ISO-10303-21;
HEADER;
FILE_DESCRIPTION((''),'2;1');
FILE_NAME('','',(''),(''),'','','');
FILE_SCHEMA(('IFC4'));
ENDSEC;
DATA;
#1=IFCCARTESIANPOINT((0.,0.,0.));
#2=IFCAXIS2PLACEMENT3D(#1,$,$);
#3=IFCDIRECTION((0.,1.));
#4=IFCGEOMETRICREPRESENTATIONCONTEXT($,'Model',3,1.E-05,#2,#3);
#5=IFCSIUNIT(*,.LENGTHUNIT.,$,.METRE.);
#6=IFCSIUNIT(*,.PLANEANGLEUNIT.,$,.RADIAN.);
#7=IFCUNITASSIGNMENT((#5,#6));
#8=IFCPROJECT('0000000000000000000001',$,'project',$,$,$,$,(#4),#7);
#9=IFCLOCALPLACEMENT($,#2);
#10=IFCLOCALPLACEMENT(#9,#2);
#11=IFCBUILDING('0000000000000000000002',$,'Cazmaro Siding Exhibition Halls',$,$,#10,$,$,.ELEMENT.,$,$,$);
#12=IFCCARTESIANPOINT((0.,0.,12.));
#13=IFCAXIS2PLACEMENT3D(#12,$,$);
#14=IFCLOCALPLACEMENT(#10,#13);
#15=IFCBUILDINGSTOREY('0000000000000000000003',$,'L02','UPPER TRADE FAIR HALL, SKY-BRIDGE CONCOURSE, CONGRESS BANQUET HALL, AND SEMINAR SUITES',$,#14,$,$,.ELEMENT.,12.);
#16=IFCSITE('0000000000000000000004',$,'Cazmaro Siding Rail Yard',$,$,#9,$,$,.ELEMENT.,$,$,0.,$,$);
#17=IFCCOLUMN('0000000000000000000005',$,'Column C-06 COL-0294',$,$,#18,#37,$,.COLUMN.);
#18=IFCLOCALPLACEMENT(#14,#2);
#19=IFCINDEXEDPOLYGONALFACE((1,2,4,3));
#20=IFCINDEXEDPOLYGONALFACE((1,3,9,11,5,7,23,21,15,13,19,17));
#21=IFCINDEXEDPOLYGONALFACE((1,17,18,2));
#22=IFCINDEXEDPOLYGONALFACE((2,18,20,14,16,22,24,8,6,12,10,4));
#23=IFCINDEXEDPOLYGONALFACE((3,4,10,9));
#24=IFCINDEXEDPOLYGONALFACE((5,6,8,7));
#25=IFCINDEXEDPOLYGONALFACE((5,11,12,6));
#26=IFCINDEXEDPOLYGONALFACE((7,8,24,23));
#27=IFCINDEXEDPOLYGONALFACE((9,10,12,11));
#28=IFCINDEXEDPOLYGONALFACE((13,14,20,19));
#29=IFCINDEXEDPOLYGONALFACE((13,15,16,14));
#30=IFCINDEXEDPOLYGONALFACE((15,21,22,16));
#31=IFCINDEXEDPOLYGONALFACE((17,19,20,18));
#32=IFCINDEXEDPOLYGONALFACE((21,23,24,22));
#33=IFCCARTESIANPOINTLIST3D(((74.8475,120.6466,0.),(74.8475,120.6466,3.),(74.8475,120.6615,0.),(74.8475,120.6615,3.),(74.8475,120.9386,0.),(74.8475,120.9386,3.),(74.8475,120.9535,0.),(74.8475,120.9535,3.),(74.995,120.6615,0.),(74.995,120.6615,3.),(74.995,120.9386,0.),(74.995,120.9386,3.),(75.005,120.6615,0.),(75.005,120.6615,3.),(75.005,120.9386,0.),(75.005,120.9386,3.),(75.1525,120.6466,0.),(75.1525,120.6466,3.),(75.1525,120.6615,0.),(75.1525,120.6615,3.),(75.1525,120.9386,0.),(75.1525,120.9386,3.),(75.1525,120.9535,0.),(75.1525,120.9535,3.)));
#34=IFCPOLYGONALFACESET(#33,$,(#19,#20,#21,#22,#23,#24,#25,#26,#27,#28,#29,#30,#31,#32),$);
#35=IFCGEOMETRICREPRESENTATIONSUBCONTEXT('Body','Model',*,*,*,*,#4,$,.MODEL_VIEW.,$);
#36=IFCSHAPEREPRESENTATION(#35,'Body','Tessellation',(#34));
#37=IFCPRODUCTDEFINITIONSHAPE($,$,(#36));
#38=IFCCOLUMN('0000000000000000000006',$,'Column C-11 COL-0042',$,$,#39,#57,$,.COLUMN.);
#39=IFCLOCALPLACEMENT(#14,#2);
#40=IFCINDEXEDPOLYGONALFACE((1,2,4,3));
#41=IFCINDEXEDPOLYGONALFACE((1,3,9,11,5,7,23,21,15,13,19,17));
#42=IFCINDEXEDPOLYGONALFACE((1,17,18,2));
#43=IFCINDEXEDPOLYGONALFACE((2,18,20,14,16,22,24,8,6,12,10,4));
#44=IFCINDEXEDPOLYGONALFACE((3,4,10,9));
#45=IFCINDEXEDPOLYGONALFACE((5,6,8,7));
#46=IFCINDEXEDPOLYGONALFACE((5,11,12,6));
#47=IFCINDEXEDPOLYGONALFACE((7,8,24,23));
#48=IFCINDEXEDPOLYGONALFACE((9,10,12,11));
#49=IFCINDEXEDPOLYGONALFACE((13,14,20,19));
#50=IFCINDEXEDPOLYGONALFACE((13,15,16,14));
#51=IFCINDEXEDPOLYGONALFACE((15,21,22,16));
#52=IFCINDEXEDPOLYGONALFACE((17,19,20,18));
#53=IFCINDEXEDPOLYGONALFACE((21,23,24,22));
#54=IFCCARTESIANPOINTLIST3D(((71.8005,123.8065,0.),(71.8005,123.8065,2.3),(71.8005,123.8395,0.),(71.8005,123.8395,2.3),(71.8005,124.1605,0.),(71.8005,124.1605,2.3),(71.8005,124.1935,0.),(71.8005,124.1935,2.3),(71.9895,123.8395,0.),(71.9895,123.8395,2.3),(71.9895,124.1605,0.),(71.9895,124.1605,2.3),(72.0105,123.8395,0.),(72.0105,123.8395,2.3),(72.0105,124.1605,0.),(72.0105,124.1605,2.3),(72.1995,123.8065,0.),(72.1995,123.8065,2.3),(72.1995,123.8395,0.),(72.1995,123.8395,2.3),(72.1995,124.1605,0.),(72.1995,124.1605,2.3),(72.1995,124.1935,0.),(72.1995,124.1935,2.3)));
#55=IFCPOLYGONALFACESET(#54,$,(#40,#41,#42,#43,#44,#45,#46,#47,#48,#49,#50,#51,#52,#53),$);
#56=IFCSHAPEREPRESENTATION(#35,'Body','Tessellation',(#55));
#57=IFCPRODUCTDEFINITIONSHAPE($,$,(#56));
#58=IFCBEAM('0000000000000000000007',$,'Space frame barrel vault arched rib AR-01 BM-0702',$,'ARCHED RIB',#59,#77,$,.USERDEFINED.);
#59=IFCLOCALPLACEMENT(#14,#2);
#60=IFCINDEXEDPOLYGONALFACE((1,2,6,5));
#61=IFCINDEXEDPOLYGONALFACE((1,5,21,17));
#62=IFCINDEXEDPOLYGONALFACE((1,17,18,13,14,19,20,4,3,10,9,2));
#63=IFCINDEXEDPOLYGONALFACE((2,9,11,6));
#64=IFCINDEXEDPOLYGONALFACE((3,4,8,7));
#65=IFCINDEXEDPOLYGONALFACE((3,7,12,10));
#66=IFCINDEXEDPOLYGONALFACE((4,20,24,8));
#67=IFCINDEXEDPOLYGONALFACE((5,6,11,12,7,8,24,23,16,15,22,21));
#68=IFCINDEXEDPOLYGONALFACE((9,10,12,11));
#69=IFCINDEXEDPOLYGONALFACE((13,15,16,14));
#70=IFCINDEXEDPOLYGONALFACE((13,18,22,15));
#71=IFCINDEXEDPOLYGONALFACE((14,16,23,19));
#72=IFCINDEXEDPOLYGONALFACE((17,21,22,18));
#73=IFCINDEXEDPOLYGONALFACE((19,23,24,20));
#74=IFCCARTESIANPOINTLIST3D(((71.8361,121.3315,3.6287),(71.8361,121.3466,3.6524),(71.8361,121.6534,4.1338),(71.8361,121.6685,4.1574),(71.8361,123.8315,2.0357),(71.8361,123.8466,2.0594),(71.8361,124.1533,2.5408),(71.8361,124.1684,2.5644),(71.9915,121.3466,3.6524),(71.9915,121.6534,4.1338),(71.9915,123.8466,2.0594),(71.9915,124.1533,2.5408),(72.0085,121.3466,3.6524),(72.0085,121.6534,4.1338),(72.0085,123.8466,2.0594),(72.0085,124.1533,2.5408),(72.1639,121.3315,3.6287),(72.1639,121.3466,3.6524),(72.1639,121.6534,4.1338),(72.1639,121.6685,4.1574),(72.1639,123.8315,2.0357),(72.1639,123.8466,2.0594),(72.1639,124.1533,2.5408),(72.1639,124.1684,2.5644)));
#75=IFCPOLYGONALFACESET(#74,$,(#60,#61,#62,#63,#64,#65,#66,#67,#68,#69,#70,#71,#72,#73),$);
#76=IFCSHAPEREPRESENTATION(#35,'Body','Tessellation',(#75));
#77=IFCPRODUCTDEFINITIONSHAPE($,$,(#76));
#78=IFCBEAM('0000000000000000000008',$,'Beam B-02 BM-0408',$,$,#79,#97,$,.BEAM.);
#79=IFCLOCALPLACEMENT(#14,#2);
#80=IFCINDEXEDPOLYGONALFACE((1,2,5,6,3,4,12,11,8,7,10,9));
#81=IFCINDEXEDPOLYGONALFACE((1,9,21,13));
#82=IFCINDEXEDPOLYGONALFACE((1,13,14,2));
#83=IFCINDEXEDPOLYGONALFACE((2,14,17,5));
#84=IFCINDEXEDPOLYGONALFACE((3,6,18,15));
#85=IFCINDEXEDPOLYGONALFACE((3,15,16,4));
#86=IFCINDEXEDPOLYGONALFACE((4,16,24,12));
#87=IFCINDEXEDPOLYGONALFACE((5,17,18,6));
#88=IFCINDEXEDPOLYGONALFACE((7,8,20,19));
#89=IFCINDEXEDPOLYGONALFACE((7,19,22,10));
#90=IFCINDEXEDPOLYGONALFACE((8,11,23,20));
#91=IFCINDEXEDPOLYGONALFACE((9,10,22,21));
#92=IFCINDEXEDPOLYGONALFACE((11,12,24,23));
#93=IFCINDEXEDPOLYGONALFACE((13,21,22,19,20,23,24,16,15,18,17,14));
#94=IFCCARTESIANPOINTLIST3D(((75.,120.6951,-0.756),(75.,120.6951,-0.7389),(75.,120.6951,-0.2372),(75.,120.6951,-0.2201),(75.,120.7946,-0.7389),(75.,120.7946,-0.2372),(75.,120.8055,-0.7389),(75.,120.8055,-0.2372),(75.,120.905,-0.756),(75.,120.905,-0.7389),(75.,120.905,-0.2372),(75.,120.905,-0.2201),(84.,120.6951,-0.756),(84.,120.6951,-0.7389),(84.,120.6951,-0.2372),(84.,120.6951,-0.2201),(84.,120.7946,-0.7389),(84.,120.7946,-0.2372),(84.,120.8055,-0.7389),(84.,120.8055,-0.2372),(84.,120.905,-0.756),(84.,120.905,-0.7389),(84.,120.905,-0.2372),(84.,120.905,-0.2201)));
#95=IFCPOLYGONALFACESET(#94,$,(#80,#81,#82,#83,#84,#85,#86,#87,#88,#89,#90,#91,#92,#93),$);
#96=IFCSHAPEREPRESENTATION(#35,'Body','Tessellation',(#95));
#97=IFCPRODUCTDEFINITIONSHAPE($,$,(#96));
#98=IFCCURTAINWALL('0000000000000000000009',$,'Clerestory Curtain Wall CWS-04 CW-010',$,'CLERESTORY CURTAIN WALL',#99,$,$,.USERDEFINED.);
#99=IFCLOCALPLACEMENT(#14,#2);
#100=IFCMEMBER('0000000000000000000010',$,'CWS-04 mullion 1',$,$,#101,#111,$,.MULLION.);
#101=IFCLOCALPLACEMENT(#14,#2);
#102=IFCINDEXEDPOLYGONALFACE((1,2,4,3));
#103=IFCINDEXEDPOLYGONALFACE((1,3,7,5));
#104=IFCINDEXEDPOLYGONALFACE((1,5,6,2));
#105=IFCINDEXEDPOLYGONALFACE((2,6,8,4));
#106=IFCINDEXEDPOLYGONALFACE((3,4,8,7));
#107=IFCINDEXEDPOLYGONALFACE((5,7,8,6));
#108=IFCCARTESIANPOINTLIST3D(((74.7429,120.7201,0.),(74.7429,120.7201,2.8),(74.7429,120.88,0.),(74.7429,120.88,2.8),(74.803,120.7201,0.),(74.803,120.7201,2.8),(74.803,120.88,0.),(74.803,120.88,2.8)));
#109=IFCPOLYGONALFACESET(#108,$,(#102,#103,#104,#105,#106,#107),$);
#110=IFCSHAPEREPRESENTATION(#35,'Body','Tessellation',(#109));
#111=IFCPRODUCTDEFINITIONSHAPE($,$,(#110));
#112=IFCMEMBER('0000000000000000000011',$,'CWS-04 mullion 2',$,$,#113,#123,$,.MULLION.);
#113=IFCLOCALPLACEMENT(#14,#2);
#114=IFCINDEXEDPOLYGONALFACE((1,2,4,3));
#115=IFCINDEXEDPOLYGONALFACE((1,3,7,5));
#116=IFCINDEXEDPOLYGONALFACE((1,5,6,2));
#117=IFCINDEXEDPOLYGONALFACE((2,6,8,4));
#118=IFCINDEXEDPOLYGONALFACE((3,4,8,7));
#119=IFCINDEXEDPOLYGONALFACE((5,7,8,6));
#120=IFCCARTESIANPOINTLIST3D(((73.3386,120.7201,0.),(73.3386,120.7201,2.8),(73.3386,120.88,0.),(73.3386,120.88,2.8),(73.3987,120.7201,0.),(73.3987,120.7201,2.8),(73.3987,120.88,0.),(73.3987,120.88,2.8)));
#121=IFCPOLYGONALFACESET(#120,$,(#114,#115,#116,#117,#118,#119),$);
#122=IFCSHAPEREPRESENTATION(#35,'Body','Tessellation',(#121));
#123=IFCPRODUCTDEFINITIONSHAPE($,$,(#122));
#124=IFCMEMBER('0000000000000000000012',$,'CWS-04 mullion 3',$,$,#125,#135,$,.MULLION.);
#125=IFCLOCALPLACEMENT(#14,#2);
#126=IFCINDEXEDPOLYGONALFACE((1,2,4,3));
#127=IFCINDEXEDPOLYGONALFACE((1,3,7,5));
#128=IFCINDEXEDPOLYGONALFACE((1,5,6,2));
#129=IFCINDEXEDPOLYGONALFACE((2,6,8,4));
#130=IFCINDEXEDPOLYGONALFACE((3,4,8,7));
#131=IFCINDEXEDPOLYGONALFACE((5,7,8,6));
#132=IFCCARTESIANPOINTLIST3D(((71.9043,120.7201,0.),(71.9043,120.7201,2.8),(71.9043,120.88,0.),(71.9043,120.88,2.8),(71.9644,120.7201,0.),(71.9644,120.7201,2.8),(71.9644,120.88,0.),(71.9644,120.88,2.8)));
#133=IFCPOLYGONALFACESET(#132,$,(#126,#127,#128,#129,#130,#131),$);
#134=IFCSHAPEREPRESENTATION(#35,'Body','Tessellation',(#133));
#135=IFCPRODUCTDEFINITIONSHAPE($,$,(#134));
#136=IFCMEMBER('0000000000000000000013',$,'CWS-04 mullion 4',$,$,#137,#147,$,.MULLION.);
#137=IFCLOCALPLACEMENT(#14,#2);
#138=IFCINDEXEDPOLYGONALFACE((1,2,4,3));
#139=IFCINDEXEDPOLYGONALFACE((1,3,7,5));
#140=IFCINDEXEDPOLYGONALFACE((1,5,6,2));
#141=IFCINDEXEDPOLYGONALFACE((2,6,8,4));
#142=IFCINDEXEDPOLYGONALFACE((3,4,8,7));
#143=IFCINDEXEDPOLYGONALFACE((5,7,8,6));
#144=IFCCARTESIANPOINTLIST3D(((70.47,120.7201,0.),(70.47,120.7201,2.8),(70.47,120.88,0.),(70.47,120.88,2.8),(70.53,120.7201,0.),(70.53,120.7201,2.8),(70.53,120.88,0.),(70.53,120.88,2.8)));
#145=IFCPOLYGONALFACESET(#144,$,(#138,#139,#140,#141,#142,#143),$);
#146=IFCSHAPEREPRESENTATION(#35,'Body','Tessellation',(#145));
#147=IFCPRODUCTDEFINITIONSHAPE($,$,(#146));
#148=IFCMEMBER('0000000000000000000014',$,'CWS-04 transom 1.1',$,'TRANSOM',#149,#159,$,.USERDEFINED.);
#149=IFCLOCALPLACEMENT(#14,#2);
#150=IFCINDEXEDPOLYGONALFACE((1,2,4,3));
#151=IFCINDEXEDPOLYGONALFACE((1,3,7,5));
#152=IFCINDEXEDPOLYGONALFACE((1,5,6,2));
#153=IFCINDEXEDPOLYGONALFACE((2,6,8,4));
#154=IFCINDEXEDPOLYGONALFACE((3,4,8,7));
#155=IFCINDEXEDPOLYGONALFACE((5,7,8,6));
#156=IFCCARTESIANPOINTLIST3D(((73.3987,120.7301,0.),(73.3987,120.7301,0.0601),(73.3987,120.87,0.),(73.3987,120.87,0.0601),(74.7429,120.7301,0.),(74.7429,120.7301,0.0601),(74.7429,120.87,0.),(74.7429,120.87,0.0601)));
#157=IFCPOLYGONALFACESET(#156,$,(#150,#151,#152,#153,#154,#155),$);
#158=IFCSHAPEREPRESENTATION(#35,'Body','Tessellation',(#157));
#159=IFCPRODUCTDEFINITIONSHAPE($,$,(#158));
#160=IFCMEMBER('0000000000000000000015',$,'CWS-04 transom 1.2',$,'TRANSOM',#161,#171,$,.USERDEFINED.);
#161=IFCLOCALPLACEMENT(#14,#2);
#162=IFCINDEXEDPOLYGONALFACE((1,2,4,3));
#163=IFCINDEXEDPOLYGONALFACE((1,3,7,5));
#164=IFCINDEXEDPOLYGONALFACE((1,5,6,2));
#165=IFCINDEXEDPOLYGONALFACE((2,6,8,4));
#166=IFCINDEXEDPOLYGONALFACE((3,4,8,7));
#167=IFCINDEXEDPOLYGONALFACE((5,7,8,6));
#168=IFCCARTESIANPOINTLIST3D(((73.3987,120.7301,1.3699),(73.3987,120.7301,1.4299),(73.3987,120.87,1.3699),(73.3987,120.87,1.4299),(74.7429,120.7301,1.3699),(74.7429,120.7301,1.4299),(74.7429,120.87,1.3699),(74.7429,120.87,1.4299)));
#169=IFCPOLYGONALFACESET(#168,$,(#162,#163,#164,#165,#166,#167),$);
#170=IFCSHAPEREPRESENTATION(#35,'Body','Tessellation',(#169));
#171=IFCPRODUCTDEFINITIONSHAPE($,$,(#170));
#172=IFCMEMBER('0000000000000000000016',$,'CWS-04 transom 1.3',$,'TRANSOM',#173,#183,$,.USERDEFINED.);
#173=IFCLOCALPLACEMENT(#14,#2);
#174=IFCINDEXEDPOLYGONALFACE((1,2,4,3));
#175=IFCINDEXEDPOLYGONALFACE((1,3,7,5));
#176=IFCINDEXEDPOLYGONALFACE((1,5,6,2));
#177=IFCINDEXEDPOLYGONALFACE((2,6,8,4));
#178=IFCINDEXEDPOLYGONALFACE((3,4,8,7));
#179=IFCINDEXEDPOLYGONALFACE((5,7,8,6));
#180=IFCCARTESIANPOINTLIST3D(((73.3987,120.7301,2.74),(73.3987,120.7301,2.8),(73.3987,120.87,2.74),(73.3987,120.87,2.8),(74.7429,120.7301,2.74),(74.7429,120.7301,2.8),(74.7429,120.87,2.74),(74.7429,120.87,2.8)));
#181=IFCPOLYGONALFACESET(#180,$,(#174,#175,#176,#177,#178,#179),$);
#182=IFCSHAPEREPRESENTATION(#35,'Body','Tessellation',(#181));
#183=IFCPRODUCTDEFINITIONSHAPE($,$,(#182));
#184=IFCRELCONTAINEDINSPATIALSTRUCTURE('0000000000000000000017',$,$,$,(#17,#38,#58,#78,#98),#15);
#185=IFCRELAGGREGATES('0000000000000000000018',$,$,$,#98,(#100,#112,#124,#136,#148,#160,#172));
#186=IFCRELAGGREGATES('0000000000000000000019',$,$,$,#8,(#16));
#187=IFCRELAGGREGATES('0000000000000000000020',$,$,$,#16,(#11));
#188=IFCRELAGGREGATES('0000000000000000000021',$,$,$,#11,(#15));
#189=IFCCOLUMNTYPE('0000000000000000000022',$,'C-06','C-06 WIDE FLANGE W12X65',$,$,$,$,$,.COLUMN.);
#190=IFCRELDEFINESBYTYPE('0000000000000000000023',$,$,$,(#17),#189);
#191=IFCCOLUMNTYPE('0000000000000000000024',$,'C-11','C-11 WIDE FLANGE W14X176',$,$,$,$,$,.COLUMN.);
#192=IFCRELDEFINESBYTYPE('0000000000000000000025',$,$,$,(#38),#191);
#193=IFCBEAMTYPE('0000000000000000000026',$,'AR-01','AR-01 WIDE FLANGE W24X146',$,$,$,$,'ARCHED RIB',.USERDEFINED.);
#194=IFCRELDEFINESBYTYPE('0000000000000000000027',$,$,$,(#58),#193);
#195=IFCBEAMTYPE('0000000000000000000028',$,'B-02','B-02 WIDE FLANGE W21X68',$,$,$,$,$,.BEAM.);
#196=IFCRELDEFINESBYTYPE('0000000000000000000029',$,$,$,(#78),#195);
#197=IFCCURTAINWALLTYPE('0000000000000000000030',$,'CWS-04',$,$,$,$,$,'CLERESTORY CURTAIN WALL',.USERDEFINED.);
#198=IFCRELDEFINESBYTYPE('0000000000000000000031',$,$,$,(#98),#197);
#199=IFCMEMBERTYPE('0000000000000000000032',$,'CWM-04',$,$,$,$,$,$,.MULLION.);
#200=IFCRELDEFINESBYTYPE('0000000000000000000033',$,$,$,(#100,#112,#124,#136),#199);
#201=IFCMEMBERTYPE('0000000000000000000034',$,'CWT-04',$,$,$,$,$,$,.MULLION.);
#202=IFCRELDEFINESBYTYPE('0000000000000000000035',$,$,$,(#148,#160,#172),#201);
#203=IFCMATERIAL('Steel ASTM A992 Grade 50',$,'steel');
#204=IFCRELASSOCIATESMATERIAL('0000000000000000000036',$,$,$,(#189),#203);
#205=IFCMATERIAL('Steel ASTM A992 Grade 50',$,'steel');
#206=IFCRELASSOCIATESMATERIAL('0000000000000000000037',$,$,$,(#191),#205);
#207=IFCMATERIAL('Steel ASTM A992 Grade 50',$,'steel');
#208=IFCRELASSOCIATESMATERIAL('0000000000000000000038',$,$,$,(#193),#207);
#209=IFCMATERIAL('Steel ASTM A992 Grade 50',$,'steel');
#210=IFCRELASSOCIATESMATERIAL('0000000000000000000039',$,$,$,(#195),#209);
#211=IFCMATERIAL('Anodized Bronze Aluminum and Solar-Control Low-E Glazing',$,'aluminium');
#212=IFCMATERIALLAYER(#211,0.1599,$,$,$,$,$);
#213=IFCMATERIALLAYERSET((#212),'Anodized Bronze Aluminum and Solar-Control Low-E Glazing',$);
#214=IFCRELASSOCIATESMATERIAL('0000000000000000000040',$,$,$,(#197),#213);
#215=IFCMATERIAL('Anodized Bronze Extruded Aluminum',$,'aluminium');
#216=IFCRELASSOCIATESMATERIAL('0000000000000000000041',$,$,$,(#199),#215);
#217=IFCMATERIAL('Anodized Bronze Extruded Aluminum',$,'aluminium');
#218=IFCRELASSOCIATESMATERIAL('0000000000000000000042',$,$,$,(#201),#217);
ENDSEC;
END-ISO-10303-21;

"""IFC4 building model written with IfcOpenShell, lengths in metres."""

from ifc_helpers import new_model, si_unit, direction, frame, origin, origin_2d, place, context, subcontext, project, spatial, rectangle, i_section, extrude, material, layer, layer_set, material_profile, profile_set, type_object, element, aggregate, save


model = new_model("IFC4")

# Units and contexts
model_context = context("Model", 3, precision=1e-05, world=origin(), true_north=direction((0.0, 1.0)))
body_context = subcontext(model_context, "Body", "Model", "MODEL_VIEW")
ifc_project = project(units=[si_unit("LENGTHUNIT", "METRE"), si_unit("PLANEANGLEUNIT", "RADIAN")], contexts=[model_context])

# Site, building, storey
site_placement = place(None, origin())
site = spatial("IfcSite", under=ifc_project, at=site_placement, Name="Cazmaro Siding Rail Yard", CompositionType="ELEMENT", RefElevation=0.0)
building_placement = place(site_placement, origin())
building = spatial("IfcBuilding", under=site, at=building_placement, Name="Cazmaro Siding Exhibition Halls", CompositionType="ELEMENT")
storey_placement = place(building_placement, frame((0.0, 0.0, 12.0)))
storey = spatial("IfcBuildingStorey", under=building, at=storey_placement, Name="L02", Description="UPPER TRADE FAIR HALL, SKY-BRIDGE CONCOURSE, CONGRESS BANQUET HALL, AND SEMINAR SUITES", CompositionType="ELEMENT", Elevation=12.0)

# Columns
ifc_material_1 = material(Name="Steel ASTM A992 Grade 50", Category="steel")
ifc_material_profile_1 = material_profile(ifc_material_1, i_section(OverallWidth=0.3049, OverallDepth=0.3069, WebThickness=0.01, FlangeThickness=0.0149, at=origin_2d()), Name="W12X65")
ifc_profile_set_1 = profile_set([ifc_material_profile_1], Name="Steel ASTM A992 Grade 50")
column_type_1 = type_object("IfcColumnType", Name="C-06", Description="C-06 WIDE FLANGE W12X65", PredefinedType="COLUMN", material=ifc_profile_set_1)
column_1_placement = place(storey_placement, frame((75.0, 120.8, 0.0), z_axis=(0.0, 0.0, 1.0), x_axis=(1.0, 0.0, 0.0)))
element("IfcColumn", 1, at=column_1_placement, inside=storey, type_object=column_type_1, Name="Column C-06 COL-0294", PredefinedType="COLUMN", context=body_context, shape_type="SweptSolid", body=[
    extrude(i_section(OverallWidth=0.3049, OverallDepth=0.3069, WebThickness=0.01, FlangeThickness=0.0149, at=origin_2d()), origin(), (0.0, 0.0, 1.0), 3.0),
])
ifc_material_2 = material(Name="Steel ASTM A992 Grade 50", Category="steel")
ifc_material_profile_2 = material_profile(ifc_material_2, i_section(OverallWidth=0.3989, OverallDepth=0.387, WebThickness=0.021, FlangeThickness=0.033, at=origin_2d()), Name="W14X176")
ifc_profile_set_2 = profile_set([ifc_material_profile_2], Name="Steel ASTM A992 Grade 50")
column_type_2 = type_object("IfcColumnType", Name="C-11", Description="C-11 WIDE FLANGE W14X176", PredefinedType="COLUMN", material=ifc_profile_set_2)
column_2_placement = place(storey_placement, frame((72.0, 124.0, 0.0), z_axis=(0.0, 0.0, 1.0), x_axis=(1.0, 0.0, 0.0)))
element("IfcColumn", 2, at=column_2_placement, inside=storey, type_object=column_type_2, Name="Column C-11 COL-0042", PredefinedType="COLUMN", context=body_context, shape_type="SweptSolid", body=[
    extrude(i_section(OverallWidth=0.3989, OverallDepth=0.387, WebThickness=0.021, FlangeThickness=0.033, at=origin_2d()), origin(), (0.0, 0.0, 1.0), 2.3),
])

# Beams
ifc_material_3 = material(Name="Steel ASTM A992 Grade 50", Category="steel")
ifc_material_profile_3 = material_profile(ifc_material_3, i_section(OverallWidth=0.3279, OverallDepth=0.627, WebThickness=0.0171, FlangeThickness=0.0281, at=origin_2d()), Name="W24X146")
ifc_profile_set_3 = profile_set([ifc_material_profile_3], Name="Steel ASTM A992 Grade 50")
beam_type_1 = type_object("IfcBeamType", Name="AR-01", Description="AR-01 WIDE FLANGE W24X146", ElementType="ARCHED RIB", PredefinedType="USERDEFINED", material=ifc_profile_set_3)
beam_1_placement = place(storey_placement, frame((72.0, 121.5, 3.8931), z_axis=(0.0, 0.843339, -0.537382), x_axis=(-1.0, 0.0, 0.0)))
element("IfcBeam", 3, at=beam_1_placement, inside=storey, type_object=beam_type_1, Name="Space frame barrel vault arched rib AR-01 BM-0702", ObjectType="ARCHED RIB", PredefinedType="USERDEFINED", context=body_context, shape_type="SweptSolid", body=[
    extrude(i_section(OverallWidth=0.3279, OverallDepth=0.627, WebThickness=0.0171, FlangeThickness=0.0281, at=origin_2d()), origin(), (0.0, 0.0, 1.0), 2.9644),
])
ifc_material_4 = material(Name="Steel ASTM A992 Grade 50", Category="steel")
ifc_material_profile_4 = material_profile(ifc_material_4, i_section(OverallWidth=0.21, OverallDepth=0.5359, WebThickness=0.011, FlangeThickness=0.0171, at=origin_2d()), Name="W21X68")
ifc_profile_set_4 = profile_set([ifc_material_profile_4], Name="Steel ASTM A992 Grade 50")
beam_type_2 = type_object("IfcBeamType", Name="B-02", Description="B-02 WIDE FLANGE W21X68", PredefinedType="BEAM", material=ifc_profile_set_4)
beam_2_placement = place(storey_placement, frame((75.0, 120.8, -0.488), z_axis=(1.0, 0.0, 0.0), x_axis=(0.0, 1.0, 0.0)))
element("IfcBeam", 4, at=beam_2_placement, inside=storey, type_object=beam_type_2, Name="Beam B-02 BM-0408", PredefinedType="BEAM", context=body_context, shape_type="SweptSolid", body=[
    extrude(i_section(OverallWidth=0.21, OverallDepth=0.5359, WebThickness=0.011, FlangeThickness=0.0171, at=origin_2d()), origin(), (0.0, 0.0, 1.0), 9.0),
])

# Curtain wall, members
ifc_material_5 = material(Name="Anodized Bronze Aluminum and Solar-Control Low-E Glazing", Category="aluminium")
ifc_layer_1 = layer(ifc_material_5, 0.1599)
ifc_layer_set_1 = layer_set([ifc_layer_1], Name="Anodized Bronze Aluminum and Solar-Control Low-E Glazing")
curtain_wall_type = type_object("IfcCurtainWallType", Name="CWS-04", ElementType="CLERESTORY CURTAIN WALL", PredefinedType="USERDEFINED", material=ifc_layer_set_1)
curtain_wall_placement = place(storey_placement, origin())
curtain_wall = element("IfcCurtainWall", 5, at=curtain_wall_placement, inside=storey, type_object=curtain_wall_type, Name="Clerestory Curtain Wall CWS-04 CW-010", ObjectType="CLERESTORY CURTAIN WALL", PredefinedType="USERDEFINED")
ifc_material_6 = material(Name="Anodized Bronze Extruded Aluminum", Category="aluminium")
ifc_material_profile_5 = material_profile(ifc_material_6, rectangle(XDim=0.1599, YDim=0.0601, at=origin_2d()), Name="CWM-04")
ifc_profile_set_5 = profile_set([ifc_material_profile_5], Name="Anodized Bronze Extruded Aluminum")
member_type_1 = type_object("IfcMemberType", Name="CWM-04", PredefinedType="MULLION", material=ifc_profile_set_5)
member_1_placement = place(storey_placement, frame((74.7729, 120.8, 0.0), z_axis=(0.0, 0.0, 1.0), x_axis=(0.0, -1.0, 0.0)))
member_1 = element("IfcMember", 6, at=member_1_placement, type_object=member_type_1, Name="CWS-04 mullion 1", PredefinedType="MULLION", context=body_context, shape_type="SweptSolid", body=[
    extrude(rectangle(XDim=0.1599, YDim=0.0601, at=origin_2d()), origin(), (0.0, 0.0, 1.0), 2.8),
])
member_2_placement = place(storey_placement, frame((73.3687, 120.8, 0.0), z_axis=(0.0, 0.0, 1.0), x_axis=(0.0, -1.0, 0.0)))
member_2 = element("IfcMember", 7, at=member_2_placement, type_object=member_type_1, Name="CWS-04 mullion 2", PredefinedType="MULLION", context=body_context, shape_type="SweptSolid", body=[
    extrude(rectangle(XDim=0.1599, YDim=0.0601, at=origin_2d()), origin(), (0.0, 0.0, 1.0), 2.8),
])
member_3_placement = place(storey_placement, frame((71.9343, 120.8, 0.0), z_axis=(0.0, 0.0, 1.0), x_axis=(0.0, -1.0, 0.0)))
member_3 = element("IfcMember", 8, at=member_3_placement, type_object=member_type_1, Name="CWS-04 mullion 3", PredefinedType="MULLION", context=body_context, shape_type="SweptSolid", body=[
    extrude(rectangle(XDim=0.1599, YDim=0.0601, at=origin_2d()), origin(), (0.0, 0.0, 1.0), 2.8),
])
member_4_placement = place(storey_placement, frame((70.5, 120.8, 0.0), z_axis=(0.0, 0.0, 1.0), x_axis=(0.0, -1.0, 0.0)))
member_4 = element("IfcMember", 9, at=member_4_placement, type_object=member_type_1, Name="CWS-04 mullion 4", PredefinedType="MULLION", context=body_context, shape_type="SweptSolid", body=[
    extrude(rectangle(XDim=0.1599, YDim=0.0601, at=origin_2d()), origin(), (0.0, 0.0, 1.0), 2.8),
])
ifc_material_7 = material(Name="Anodized Bronze Extruded Aluminum", Category="aluminium")
ifc_material_profile_6 = material_profile(ifc_material_7, rectangle(XDim=0.1399, YDim=0.0601, at=origin_2d()), Name="CWT-04")
ifc_profile_set_6 = profile_set([ifc_material_profile_6], Name="Anodized Bronze Extruded Aluminum")
member_type_2 = type_object("IfcMemberType", Name="CWT-04", PredefinedType="MULLION", material=ifc_profile_set_6)
member_5_placement = place(storey_placement, frame((74.7429, 120.8, 0.03), z_axis=(-1.0, 0.0, 0.0), x_axis=(0.0, -1.0, 0.0)))
member_5 = element("IfcMember", 10, at=member_5_placement, type_object=member_type_2, Name="CWS-04 transom 1.1", ObjectType="TRANSOM", PredefinedType="USERDEFINED", context=body_context, shape_type="SweptSolid", body=[
    extrude(rectangle(XDim=0.1399, YDim=0.0601, at=origin_2d()), origin(), (0.0, 0.0, 1.0), 1.3442),
])
member_6_placement = place(storey_placement, frame((74.7429, 120.8, 1.3999), z_axis=(-1.0, 0.0, 0.0), x_axis=(0.0, -1.0, 0.0)))
member_6 = element("IfcMember", 11, at=member_6_placement, type_object=member_type_2, Name="CWS-04 transom 1.2", ObjectType="TRANSOM", PredefinedType="USERDEFINED", context=body_context, shape_type="SweptSolid", body=[
    extrude(rectangle(XDim=0.1399, YDim=0.0601, at=origin_2d()), origin(), (0.0, 0.0, 1.0), 1.3442),
])
member_7_placement = place(storey_placement, frame((74.7429, 120.8, 2.77), z_axis=(-1.0, 0.0, 0.0), x_axis=(0.0, -1.0, 0.0)))
member_7 = element("IfcMember", 12, at=member_7_placement, type_object=member_type_2, Name="CWS-04 transom 1.3", ObjectType="TRANSOM", PredefinedType="USERDEFINED", context=body_context, shape_type="SweptSolid", body=[
    extrude(rectangle(XDim=0.1399, YDim=0.0601, at=origin_2d()), origin(), (0.0, 0.0, 1.0), 1.3442),
])

aggregate(curtain_wall, [member_1, member_2, member_3, member_4, member_5, member_6, member_7])

save(model, "model.ifc")
